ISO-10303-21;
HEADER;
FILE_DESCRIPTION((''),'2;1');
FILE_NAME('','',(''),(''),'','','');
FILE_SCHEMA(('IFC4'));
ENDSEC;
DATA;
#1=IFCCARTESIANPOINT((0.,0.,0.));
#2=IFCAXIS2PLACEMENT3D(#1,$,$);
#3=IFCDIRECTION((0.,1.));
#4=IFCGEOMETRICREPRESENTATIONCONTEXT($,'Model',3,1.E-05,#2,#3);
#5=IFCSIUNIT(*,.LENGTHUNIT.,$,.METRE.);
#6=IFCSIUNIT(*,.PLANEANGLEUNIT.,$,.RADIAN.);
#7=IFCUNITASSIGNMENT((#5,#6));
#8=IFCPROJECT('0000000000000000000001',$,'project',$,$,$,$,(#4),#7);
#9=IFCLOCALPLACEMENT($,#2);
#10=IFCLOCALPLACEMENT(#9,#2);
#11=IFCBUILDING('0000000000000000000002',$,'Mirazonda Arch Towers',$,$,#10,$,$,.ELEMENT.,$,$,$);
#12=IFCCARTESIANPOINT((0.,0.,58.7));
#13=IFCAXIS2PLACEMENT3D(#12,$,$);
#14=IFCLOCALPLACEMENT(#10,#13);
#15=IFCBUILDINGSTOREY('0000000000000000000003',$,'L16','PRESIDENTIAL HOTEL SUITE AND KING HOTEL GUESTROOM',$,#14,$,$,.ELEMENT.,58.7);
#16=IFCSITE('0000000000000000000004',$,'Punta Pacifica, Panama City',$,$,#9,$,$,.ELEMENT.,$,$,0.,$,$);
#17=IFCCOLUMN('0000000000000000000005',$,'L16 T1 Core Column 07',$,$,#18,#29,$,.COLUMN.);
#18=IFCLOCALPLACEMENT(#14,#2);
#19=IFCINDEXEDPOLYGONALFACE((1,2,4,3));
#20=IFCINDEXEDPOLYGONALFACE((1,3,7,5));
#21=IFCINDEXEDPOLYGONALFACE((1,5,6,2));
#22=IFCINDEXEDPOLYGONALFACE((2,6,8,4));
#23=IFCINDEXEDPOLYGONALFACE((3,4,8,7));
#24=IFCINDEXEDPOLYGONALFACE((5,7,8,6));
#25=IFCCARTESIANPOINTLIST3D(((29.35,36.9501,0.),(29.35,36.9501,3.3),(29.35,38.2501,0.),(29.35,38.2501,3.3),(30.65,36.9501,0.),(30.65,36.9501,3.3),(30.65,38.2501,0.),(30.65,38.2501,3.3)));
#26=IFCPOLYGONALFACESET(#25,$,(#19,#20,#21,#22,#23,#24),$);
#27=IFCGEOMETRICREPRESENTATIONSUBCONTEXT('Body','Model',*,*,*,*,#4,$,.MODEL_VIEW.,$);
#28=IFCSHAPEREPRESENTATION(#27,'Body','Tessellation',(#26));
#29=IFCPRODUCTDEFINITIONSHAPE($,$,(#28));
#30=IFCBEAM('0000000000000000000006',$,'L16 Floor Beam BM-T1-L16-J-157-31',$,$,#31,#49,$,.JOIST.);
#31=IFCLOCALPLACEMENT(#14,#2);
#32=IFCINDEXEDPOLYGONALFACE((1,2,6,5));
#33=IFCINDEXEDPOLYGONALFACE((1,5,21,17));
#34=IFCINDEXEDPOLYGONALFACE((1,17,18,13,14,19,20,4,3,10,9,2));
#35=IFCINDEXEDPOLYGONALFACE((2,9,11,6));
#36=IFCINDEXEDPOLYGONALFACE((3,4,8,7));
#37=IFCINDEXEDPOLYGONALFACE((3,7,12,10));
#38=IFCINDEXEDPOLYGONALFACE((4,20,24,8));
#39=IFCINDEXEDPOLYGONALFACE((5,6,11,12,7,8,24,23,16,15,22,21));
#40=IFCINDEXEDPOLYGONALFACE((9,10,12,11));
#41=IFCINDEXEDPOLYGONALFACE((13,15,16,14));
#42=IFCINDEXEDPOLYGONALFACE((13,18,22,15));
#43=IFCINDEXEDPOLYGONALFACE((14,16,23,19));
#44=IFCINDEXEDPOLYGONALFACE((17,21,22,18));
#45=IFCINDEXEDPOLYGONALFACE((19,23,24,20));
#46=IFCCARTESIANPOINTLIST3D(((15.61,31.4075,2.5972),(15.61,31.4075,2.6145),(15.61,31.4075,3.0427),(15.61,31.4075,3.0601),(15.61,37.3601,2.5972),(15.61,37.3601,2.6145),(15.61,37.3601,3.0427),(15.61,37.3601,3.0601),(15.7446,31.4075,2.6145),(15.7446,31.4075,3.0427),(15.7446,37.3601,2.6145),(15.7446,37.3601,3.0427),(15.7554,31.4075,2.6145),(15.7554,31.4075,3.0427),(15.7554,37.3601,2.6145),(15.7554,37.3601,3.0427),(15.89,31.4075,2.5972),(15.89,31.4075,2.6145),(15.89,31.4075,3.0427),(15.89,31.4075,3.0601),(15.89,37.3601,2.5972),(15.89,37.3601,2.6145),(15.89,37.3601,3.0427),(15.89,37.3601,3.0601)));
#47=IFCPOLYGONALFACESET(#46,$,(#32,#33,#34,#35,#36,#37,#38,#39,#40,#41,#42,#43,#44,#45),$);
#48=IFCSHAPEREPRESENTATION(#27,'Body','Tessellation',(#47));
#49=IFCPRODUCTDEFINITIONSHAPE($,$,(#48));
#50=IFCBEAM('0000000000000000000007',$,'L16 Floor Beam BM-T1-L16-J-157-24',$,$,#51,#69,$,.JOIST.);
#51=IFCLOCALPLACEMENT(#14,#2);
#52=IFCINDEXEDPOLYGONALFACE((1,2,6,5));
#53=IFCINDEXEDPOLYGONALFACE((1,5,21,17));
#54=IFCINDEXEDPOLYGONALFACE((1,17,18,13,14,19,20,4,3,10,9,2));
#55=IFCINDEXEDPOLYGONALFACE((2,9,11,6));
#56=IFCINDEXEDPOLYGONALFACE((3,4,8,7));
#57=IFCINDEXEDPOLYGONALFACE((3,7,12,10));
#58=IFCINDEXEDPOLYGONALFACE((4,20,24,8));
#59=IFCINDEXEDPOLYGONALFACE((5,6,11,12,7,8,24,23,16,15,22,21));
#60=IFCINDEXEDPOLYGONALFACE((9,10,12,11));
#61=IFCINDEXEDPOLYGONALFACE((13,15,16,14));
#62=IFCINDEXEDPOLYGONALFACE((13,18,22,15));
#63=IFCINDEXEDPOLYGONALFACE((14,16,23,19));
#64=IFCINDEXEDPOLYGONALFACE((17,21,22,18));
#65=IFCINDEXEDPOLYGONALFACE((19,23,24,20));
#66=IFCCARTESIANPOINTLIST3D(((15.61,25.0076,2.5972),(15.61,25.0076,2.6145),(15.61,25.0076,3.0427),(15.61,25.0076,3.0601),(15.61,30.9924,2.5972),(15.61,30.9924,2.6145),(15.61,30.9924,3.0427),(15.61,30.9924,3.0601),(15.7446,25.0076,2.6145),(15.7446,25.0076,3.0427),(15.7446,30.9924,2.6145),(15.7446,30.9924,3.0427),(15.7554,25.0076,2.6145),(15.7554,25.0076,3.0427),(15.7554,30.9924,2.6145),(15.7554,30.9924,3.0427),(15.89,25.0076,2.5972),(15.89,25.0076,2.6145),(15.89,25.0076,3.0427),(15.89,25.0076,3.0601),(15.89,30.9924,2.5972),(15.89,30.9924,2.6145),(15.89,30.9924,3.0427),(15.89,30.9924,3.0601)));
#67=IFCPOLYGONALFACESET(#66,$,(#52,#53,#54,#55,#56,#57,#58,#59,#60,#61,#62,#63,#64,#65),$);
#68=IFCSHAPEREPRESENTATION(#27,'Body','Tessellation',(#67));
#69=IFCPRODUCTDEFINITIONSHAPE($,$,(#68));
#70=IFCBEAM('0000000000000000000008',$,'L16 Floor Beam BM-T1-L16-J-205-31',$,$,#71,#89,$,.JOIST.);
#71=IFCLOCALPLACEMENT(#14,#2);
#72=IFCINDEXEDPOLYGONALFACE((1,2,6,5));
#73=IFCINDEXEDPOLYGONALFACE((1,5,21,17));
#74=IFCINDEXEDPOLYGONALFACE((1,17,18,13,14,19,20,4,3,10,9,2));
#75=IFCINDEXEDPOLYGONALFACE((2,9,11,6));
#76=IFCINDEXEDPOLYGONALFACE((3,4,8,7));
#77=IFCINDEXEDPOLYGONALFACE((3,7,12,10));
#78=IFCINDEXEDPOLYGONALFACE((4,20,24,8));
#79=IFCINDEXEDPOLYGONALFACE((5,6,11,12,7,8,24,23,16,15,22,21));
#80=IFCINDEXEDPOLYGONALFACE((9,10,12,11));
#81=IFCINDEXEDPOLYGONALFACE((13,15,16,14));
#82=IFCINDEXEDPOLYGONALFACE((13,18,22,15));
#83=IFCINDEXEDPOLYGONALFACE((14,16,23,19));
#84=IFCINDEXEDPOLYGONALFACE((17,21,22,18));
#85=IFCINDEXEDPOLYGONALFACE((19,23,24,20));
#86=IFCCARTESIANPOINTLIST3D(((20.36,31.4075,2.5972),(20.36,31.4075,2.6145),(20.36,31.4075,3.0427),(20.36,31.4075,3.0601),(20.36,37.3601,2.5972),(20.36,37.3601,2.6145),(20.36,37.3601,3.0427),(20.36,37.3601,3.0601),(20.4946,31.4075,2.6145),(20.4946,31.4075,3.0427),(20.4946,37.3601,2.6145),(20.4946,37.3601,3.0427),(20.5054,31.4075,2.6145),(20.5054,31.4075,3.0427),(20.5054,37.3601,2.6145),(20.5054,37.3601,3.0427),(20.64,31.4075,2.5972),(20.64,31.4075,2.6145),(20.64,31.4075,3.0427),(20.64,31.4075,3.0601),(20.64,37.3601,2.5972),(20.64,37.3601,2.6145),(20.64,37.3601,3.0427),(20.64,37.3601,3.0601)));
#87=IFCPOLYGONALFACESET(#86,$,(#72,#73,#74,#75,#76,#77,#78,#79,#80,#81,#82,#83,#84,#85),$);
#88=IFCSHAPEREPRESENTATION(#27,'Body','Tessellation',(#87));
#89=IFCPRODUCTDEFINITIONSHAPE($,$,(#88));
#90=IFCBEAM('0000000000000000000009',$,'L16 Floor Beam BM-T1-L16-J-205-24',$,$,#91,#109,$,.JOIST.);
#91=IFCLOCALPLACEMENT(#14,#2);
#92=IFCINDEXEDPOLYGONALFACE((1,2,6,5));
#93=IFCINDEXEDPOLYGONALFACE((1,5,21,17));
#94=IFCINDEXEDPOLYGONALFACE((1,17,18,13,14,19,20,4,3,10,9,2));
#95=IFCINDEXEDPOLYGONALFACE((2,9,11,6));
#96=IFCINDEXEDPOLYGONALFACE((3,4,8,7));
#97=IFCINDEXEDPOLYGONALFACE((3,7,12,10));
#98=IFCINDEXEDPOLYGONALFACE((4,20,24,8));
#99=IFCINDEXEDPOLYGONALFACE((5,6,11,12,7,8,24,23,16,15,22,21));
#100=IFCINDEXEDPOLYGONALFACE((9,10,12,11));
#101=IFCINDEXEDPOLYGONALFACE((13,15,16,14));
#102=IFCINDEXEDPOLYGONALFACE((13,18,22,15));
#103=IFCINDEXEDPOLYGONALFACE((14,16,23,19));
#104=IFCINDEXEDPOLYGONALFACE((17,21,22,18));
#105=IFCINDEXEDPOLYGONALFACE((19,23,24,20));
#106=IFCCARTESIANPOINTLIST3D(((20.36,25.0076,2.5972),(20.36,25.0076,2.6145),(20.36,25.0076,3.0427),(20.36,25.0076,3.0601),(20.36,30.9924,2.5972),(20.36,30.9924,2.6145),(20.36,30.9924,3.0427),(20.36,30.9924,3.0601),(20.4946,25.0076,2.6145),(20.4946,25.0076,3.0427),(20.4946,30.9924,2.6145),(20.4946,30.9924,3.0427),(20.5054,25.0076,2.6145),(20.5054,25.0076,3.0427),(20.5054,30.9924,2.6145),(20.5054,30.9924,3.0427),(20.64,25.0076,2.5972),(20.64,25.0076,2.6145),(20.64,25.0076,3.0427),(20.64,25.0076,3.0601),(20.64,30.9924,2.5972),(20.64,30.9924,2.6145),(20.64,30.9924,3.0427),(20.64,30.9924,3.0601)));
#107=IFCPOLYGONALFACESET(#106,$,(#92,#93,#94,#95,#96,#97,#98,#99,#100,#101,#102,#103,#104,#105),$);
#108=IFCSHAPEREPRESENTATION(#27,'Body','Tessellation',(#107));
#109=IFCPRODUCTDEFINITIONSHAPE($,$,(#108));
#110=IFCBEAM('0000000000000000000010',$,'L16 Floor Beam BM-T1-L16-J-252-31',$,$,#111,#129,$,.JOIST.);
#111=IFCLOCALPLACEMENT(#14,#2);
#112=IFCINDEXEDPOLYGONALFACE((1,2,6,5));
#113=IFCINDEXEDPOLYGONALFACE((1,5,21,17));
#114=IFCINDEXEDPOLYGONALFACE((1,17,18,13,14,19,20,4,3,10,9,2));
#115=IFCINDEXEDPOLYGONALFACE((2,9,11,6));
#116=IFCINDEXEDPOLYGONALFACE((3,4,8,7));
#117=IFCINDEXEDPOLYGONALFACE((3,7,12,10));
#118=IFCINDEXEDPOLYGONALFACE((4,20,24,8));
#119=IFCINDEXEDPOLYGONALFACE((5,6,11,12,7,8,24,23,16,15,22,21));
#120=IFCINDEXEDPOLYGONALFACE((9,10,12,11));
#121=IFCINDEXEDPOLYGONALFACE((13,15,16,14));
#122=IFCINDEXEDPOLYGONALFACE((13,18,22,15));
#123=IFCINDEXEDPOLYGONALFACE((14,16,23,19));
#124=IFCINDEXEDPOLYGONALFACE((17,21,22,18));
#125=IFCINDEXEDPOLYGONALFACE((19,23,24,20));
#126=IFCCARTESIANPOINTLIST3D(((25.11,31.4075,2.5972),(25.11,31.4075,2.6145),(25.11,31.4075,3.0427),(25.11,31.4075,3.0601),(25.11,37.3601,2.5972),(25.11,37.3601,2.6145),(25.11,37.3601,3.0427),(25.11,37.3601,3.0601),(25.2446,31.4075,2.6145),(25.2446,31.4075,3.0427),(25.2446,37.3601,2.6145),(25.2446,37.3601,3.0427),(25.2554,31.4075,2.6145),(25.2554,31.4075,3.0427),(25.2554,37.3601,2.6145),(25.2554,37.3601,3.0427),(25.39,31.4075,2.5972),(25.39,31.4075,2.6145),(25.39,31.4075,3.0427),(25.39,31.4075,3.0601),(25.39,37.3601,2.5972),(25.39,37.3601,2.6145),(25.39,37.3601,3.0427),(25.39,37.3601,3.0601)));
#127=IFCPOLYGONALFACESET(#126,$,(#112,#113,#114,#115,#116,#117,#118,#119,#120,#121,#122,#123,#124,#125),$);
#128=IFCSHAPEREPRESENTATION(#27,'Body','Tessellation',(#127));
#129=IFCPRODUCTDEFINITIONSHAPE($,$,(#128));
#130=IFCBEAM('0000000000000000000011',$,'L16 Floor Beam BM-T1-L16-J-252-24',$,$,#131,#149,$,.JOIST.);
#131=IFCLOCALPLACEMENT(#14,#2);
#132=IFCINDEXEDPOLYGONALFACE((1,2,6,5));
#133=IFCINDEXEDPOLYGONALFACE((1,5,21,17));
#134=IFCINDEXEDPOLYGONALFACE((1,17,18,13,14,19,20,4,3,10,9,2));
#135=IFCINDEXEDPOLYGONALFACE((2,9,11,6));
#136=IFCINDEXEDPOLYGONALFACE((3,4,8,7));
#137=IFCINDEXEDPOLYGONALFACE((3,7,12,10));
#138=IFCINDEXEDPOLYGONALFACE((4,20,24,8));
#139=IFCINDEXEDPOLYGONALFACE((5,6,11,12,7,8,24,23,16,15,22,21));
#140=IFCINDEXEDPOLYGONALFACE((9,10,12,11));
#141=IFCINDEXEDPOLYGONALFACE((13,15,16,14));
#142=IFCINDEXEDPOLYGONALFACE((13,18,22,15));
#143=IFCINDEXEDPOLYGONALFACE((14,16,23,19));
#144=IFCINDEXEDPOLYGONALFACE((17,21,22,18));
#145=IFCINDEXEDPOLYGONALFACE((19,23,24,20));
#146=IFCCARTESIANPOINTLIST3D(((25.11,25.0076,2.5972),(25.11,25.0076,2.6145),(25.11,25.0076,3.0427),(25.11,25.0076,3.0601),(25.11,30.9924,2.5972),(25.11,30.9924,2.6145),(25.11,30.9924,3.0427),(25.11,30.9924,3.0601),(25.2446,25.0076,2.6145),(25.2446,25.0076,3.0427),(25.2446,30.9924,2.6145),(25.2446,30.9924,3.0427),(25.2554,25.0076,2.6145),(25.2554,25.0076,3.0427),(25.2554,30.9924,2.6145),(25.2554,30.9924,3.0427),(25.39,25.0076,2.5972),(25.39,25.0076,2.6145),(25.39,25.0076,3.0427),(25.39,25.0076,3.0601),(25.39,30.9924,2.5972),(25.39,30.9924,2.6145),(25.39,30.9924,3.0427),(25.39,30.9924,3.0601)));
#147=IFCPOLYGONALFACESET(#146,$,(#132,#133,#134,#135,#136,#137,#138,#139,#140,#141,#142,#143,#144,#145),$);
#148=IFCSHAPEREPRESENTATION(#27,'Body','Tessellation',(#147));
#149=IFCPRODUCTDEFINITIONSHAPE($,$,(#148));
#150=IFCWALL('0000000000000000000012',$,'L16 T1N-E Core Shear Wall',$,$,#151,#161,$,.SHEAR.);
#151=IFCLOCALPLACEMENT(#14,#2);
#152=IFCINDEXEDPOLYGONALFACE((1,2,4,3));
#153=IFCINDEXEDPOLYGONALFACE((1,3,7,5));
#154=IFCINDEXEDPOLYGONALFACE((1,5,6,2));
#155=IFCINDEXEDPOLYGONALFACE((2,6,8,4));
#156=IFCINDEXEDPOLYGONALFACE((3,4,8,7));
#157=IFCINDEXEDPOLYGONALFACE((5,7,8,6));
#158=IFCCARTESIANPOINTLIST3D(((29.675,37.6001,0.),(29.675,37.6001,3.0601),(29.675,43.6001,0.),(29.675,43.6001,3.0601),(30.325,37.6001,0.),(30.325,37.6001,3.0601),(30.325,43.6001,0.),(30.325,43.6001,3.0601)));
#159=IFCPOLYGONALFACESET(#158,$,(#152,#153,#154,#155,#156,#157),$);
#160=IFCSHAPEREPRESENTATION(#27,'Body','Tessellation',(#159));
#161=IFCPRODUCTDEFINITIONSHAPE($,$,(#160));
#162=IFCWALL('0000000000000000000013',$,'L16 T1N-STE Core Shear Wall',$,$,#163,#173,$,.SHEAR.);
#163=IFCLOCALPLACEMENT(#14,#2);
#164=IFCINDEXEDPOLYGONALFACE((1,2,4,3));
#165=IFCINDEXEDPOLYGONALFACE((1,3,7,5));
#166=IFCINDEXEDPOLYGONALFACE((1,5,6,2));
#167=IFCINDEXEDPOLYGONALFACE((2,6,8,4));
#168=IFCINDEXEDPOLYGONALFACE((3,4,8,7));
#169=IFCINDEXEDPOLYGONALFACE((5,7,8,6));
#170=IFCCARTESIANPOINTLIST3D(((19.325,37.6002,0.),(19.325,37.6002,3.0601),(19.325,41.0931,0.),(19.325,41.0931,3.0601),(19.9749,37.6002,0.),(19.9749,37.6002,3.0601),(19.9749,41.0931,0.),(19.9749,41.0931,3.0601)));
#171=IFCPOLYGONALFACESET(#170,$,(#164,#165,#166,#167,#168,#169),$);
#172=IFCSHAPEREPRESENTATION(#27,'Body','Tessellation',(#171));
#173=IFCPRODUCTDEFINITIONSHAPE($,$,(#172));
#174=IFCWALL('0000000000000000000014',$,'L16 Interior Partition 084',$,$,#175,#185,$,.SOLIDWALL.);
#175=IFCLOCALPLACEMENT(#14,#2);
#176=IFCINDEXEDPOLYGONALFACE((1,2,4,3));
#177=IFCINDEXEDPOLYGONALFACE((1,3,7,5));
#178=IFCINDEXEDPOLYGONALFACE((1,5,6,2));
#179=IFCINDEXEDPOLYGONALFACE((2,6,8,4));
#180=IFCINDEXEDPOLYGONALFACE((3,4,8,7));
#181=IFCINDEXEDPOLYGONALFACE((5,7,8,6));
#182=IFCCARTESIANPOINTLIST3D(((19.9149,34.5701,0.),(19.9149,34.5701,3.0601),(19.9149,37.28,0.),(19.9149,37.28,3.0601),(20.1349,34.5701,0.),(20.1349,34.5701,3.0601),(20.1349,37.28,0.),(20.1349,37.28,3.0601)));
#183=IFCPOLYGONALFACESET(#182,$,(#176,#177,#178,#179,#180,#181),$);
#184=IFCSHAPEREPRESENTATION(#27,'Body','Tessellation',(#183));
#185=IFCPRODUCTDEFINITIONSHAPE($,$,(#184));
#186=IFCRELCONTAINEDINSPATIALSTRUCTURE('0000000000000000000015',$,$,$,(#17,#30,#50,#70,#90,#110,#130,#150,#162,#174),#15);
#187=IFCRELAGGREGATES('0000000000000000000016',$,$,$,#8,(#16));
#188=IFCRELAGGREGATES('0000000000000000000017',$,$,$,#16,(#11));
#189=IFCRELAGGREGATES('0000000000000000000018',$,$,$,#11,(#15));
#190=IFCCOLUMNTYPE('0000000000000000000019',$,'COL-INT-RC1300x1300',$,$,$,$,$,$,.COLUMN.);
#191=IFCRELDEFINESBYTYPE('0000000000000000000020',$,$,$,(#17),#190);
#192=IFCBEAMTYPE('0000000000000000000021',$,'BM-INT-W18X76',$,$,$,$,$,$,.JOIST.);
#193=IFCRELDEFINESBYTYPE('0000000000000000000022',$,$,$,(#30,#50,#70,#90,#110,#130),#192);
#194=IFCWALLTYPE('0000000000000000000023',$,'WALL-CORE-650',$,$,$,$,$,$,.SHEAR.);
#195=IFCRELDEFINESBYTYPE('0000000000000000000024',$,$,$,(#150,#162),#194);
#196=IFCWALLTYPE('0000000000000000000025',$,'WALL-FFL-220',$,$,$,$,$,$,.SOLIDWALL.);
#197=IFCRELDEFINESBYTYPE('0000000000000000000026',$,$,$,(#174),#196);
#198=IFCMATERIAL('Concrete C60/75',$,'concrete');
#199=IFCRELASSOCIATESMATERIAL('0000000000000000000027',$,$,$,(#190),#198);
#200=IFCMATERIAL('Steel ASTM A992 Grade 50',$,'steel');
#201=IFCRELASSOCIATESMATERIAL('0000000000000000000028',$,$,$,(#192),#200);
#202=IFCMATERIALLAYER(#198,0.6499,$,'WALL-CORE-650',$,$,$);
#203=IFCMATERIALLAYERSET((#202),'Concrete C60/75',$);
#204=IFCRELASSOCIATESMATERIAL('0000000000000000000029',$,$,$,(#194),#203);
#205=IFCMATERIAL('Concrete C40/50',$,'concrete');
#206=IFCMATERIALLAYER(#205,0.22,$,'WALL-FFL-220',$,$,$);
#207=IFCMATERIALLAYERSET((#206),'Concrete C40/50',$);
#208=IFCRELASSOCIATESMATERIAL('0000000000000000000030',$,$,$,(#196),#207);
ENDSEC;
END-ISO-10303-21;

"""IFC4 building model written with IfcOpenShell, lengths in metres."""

from ifc_helpers import new_model, si_unit, direction, frame, frame_2d, origin, origin_2d, place, context, subcontext, project, spatial, rectangle, i_section, extrude, material, layer, layer_set, material_profile, profile_set, type_object, element, save


model = new_model("IFC4")

# Units and contexts
model_context = context("Model", 3, precision=1e-05, world=origin(), true_north=direction((0.0, 1.0)))
body_context = subcontext(model_context, "Body", "Model", "MODEL_VIEW")
ifc_project = project(units=[si_unit("LENGTHUNIT", "METRE"), si_unit("PLANEANGLEUNIT", "RADIAN")], contexts=[model_context])

# Site, building, storey
site_placement = place(None, origin())
site = spatial("IfcSite", under=ifc_project, at=site_placement, Name="Punta Pacifica, Panama City", CompositionType="ELEMENT", RefElevation=0.0)
building_placement = place(site_placement, origin())
building = spatial("IfcBuilding", under=site, at=building_placement, Name="Mirazonda Arch Towers", CompositionType="ELEMENT")
storey_placement = place(building_placement, frame((0.0, 0.0, 58.7)))
storey = spatial("IfcBuildingStorey", under=building, at=storey_placement, Name="L16", Description="PRESIDENTIAL HOTEL SUITE AND KING HOTEL GUESTROOM", CompositionType="ELEMENT", Elevation=58.7)

# Column
ifc_material_1 = material(Name="Concrete C60/75", Category="concrete")
ifc_material_profile_1 = material_profile(ifc_material_1, rectangle(XDim=1.3, YDim=1.3, at=origin_2d()), Name="RC1300x1300")
ifc_profile_set_1 = profile_set([ifc_material_profile_1], Name="Concrete C60/75")
column_type = type_object("IfcColumnType", Name="COL-INT-RC1300x1300", PredefinedType="COLUMN", material=ifc_profile_set_1)
column_placement = place(storey_placement, frame((30.0, 37.6001, 0.0), z_axis=(0.0, 0.0, 1.0), x_axis=(1.0, 0.0, 0.0)))
element("IfcColumn", 1, at=column_placement, inside=storey, type_object=column_type, Name="L16 T1 Core Column 07", PredefinedType="COLUMN", context=body_context, shape_type="SweptSolid", body=[
    extrude(rectangle(XDim=1.3, YDim=1.3, at=origin_2d()), origin(), (0.0, 0.0, 1.0), 3.3),
])

# Beams
ifc_material_2 = material(Name="Steel ASTM A992 Grade 50", Category="steel")
ifc_material_profile_2 = material_profile(ifc_material_2, i_section(OverallWidth=0.28, OverallDepth=0.4629, WebThickness=0.0107, FlangeThickness=0.0173, at=origin_2d()), Name="W18X76")
ifc_profile_set_2 = profile_set([ifc_material_profile_2], Name="Steel ASTM A992 Grade 50")
beam_type = type_object("IfcBeamType", Name="BM-INT-W18X76", PredefinedType="JOIST", material=ifc_profile_set_2)
beam_1_placement = place(storey_placement, frame((15.75, 31.4075, 2.8286), z_axis=(0.0, 1.0, 0.0), x_axis=(-1.0, 0.0, 0.0)))
element("IfcBeam", 2, at=beam_1_placement, inside=storey, type_object=beam_type, Name="L16 Floor Beam BM-T1-L16-J-157-31", PredefinedType="JOIST", context=body_context, shape_type="SweptSolid", body=[
    extrude(i_section(OverallWidth=0.28, OverallDepth=0.4629, WebThickness=0.0107, FlangeThickness=0.0173, at=origin_2d()), origin(), (0.0, 0.0, 1.0), 5.9526),
])
beam_2_placement = place(storey_placement, frame((15.75, 25.0076, 2.8286), z_axis=(0.0, 1.0, 0.0), x_axis=(-1.0, 0.0, 0.0)))
element("IfcBeam", 3, at=beam_2_placement, inside=storey, type_object=beam_type, Name="L16 Floor Beam BM-T1-L16-J-157-24", PredefinedType="JOIST", context=body_context, shape_type="SweptSolid", body=[
    extrude(i_section(OverallWidth=0.28, OverallDepth=0.4629, WebThickness=0.0107, FlangeThickness=0.0173, at=origin_2d()), origin(), (0.0, 0.0, 1.0), 5.9849),
])
beam_3_placement = place(storey_placement, frame((20.5, 31.4075, 2.8286), z_axis=(0.0, 1.0, 0.0), x_axis=(-1.0, 0.0, 0.0)))
element("IfcBeam", 4, at=beam_3_placement, inside=storey, type_object=beam_type, Name="L16 Floor Beam BM-T1-L16-J-205-31", PredefinedType="JOIST", context=body_context, shape_type="SweptSolid", body=[
    extrude(i_section(OverallWidth=0.28, OverallDepth=0.4629, WebThickness=0.0107, FlangeThickness=0.0173, at=origin_2d()), origin(), (0.0, 0.0, 1.0), 5.9526),
])
beam_4_placement = place(storey_placement, frame((20.5, 25.0076, 2.8286), z_axis=(0.0, 1.0, 0.0), x_axis=(-1.0, 0.0, 0.0)))
element("IfcBeam", 5, at=beam_4_placement, inside=storey, type_object=beam_type, Name="L16 Floor Beam BM-T1-L16-J-205-24", PredefinedType="JOIST", context=body_context, shape_type="SweptSolid", body=[
    extrude(i_section(OverallWidth=0.28, OverallDepth=0.4629, WebThickness=0.0107, FlangeThickness=0.0173, at=origin_2d()), origin(), (0.0, 0.0, 1.0), 5.9849),
])
beam_5_placement = place(storey_placement, frame((25.25, 31.4075, 2.8286), z_axis=(0.0, 1.0, 0.0), x_axis=(-1.0, 0.0, 0.0)))
element("IfcBeam", 6, at=beam_5_placement, inside=storey, type_object=beam_type, Name="L16 Floor Beam BM-T1-L16-J-252-31", PredefinedType="JOIST", context=body_context, shape_type="SweptSolid", body=[
    extrude(i_section(OverallWidth=0.28, OverallDepth=0.4629, WebThickness=0.0107, FlangeThickness=0.0173, at=origin_2d()), origin(), (0.0, 0.0, 1.0), 5.9526),
])
beam_6_placement = place(storey_placement, frame((25.25, 25.0076, 2.8286), z_axis=(0.0, 1.0, 0.0), x_axis=(-1.0, 0.0, 0.0)))
element("IfcBeam", 7, at=beam_6_placement, inside=storey, type_object=beam_type, Name="L16 Floor Beam BM-T1-L16-J-252-24", PredefinedType="JOIST", context=body_context, shape_type="SweptSolid", body=[
    extrude(i_section(OverallWidth=0.28, OverallDepth=0.4629, WebThickness=0.0107, FlangeThickness=0.0173, at=origin_2d()), origin(), (0.0, 0.0, 1.0), 5.9849),
])

# Walls
ifc_layer_1 = layer(ifc_material_1, 0.6499, Name="WALL-CORE-650")
ifc_layer_set_1 = layer_set([ifc_layer_1], Name="Concrete C60/75")
wall_type_1 = type_object("IfcWallType", Name="WALL-CORE-650", PredefinedType="SHEAR", material=ifc_layer_set_1)
wall_1_placement = place(storey_placement, frame((30.0, 37.6001, 0.0), z_axis=(0.0, 0.0, 1.0), x_axis=(0.0, 1.0, 0.0)))
element("IfcWall", 8, at=wall_1_placement, inside=storey, type_object=wall_type_1, Name="L16 T1N-E Core Shear Wall", PredefinedType="SHEAR", context=body_context, shape_type="SweptSolid", body=[
    extrude(rectangle(XDim=6.0, YDim=0.6499, at=frame_2d((3.0, 0.0))), origin(), (0.0, 0.0, 1.0), 3.0601),
])
wall_2_placement = place(storey_placement, frame((19.6499, 37.6001, 0.0), z_axis=(0.0, 0.0, 1.0), x_axis=(0.0, 1.0, 0.0)))
element("IfcWall", 9, at=wall_2_placement, inside=storey, type_object=wall_type_1, Name="L16 T1N-STE Core Shear Wall", PredefinedType="SHEAR", context=body_context, shape_type="SweptSolid", body=[
    extrude(rectangle(XDim=3.4929, YDim=0.6499, at=frame_2d((1.7466, 0.0))), origin(), (0.0, 0.0, 1.0), 3.0601),
])
ifc_material_3 = material(Name="Concrete C40/50", Category="concrete")
ifc_layer_2 = layer(ifc_material_3, 0.22, Name="WALL-FFL-220")
ifc_layer_set_2 = layer_set([ifc_layer_2], Name="Concrete C40/50")
wall_type_2 = type_object("IfcWallType", Name="WALL-FFL-220", PredefinedType="SOLIDWALL", material=ifc_layer_set_2)
for number, where, z_axis, x_axis, name in (
    (10, (20.0249, 34.5701, 0.0), (0.0, 0.0, 1.0), (0.0, 1.0, 0.0), "L16 Interior Partition 084"),
):
    element("IfcWall", number, at=place(storey_placement, frame(where, z_axis=z_axis, x_axis=x_axis)), inside=storey, type_object=wall_type_2, Name=name, PredefinedType="SOLIDWALL", context=body_context, shape_type="SweptSolid", body=[
        extrude(rectangle(XDim=2.71, YDim=0.22, at=frame_2d((1.355, 0.0))), origin(), (0.0, 0.0, 1.0), 3.0601),
    ])

save(model, "model.ifc")
